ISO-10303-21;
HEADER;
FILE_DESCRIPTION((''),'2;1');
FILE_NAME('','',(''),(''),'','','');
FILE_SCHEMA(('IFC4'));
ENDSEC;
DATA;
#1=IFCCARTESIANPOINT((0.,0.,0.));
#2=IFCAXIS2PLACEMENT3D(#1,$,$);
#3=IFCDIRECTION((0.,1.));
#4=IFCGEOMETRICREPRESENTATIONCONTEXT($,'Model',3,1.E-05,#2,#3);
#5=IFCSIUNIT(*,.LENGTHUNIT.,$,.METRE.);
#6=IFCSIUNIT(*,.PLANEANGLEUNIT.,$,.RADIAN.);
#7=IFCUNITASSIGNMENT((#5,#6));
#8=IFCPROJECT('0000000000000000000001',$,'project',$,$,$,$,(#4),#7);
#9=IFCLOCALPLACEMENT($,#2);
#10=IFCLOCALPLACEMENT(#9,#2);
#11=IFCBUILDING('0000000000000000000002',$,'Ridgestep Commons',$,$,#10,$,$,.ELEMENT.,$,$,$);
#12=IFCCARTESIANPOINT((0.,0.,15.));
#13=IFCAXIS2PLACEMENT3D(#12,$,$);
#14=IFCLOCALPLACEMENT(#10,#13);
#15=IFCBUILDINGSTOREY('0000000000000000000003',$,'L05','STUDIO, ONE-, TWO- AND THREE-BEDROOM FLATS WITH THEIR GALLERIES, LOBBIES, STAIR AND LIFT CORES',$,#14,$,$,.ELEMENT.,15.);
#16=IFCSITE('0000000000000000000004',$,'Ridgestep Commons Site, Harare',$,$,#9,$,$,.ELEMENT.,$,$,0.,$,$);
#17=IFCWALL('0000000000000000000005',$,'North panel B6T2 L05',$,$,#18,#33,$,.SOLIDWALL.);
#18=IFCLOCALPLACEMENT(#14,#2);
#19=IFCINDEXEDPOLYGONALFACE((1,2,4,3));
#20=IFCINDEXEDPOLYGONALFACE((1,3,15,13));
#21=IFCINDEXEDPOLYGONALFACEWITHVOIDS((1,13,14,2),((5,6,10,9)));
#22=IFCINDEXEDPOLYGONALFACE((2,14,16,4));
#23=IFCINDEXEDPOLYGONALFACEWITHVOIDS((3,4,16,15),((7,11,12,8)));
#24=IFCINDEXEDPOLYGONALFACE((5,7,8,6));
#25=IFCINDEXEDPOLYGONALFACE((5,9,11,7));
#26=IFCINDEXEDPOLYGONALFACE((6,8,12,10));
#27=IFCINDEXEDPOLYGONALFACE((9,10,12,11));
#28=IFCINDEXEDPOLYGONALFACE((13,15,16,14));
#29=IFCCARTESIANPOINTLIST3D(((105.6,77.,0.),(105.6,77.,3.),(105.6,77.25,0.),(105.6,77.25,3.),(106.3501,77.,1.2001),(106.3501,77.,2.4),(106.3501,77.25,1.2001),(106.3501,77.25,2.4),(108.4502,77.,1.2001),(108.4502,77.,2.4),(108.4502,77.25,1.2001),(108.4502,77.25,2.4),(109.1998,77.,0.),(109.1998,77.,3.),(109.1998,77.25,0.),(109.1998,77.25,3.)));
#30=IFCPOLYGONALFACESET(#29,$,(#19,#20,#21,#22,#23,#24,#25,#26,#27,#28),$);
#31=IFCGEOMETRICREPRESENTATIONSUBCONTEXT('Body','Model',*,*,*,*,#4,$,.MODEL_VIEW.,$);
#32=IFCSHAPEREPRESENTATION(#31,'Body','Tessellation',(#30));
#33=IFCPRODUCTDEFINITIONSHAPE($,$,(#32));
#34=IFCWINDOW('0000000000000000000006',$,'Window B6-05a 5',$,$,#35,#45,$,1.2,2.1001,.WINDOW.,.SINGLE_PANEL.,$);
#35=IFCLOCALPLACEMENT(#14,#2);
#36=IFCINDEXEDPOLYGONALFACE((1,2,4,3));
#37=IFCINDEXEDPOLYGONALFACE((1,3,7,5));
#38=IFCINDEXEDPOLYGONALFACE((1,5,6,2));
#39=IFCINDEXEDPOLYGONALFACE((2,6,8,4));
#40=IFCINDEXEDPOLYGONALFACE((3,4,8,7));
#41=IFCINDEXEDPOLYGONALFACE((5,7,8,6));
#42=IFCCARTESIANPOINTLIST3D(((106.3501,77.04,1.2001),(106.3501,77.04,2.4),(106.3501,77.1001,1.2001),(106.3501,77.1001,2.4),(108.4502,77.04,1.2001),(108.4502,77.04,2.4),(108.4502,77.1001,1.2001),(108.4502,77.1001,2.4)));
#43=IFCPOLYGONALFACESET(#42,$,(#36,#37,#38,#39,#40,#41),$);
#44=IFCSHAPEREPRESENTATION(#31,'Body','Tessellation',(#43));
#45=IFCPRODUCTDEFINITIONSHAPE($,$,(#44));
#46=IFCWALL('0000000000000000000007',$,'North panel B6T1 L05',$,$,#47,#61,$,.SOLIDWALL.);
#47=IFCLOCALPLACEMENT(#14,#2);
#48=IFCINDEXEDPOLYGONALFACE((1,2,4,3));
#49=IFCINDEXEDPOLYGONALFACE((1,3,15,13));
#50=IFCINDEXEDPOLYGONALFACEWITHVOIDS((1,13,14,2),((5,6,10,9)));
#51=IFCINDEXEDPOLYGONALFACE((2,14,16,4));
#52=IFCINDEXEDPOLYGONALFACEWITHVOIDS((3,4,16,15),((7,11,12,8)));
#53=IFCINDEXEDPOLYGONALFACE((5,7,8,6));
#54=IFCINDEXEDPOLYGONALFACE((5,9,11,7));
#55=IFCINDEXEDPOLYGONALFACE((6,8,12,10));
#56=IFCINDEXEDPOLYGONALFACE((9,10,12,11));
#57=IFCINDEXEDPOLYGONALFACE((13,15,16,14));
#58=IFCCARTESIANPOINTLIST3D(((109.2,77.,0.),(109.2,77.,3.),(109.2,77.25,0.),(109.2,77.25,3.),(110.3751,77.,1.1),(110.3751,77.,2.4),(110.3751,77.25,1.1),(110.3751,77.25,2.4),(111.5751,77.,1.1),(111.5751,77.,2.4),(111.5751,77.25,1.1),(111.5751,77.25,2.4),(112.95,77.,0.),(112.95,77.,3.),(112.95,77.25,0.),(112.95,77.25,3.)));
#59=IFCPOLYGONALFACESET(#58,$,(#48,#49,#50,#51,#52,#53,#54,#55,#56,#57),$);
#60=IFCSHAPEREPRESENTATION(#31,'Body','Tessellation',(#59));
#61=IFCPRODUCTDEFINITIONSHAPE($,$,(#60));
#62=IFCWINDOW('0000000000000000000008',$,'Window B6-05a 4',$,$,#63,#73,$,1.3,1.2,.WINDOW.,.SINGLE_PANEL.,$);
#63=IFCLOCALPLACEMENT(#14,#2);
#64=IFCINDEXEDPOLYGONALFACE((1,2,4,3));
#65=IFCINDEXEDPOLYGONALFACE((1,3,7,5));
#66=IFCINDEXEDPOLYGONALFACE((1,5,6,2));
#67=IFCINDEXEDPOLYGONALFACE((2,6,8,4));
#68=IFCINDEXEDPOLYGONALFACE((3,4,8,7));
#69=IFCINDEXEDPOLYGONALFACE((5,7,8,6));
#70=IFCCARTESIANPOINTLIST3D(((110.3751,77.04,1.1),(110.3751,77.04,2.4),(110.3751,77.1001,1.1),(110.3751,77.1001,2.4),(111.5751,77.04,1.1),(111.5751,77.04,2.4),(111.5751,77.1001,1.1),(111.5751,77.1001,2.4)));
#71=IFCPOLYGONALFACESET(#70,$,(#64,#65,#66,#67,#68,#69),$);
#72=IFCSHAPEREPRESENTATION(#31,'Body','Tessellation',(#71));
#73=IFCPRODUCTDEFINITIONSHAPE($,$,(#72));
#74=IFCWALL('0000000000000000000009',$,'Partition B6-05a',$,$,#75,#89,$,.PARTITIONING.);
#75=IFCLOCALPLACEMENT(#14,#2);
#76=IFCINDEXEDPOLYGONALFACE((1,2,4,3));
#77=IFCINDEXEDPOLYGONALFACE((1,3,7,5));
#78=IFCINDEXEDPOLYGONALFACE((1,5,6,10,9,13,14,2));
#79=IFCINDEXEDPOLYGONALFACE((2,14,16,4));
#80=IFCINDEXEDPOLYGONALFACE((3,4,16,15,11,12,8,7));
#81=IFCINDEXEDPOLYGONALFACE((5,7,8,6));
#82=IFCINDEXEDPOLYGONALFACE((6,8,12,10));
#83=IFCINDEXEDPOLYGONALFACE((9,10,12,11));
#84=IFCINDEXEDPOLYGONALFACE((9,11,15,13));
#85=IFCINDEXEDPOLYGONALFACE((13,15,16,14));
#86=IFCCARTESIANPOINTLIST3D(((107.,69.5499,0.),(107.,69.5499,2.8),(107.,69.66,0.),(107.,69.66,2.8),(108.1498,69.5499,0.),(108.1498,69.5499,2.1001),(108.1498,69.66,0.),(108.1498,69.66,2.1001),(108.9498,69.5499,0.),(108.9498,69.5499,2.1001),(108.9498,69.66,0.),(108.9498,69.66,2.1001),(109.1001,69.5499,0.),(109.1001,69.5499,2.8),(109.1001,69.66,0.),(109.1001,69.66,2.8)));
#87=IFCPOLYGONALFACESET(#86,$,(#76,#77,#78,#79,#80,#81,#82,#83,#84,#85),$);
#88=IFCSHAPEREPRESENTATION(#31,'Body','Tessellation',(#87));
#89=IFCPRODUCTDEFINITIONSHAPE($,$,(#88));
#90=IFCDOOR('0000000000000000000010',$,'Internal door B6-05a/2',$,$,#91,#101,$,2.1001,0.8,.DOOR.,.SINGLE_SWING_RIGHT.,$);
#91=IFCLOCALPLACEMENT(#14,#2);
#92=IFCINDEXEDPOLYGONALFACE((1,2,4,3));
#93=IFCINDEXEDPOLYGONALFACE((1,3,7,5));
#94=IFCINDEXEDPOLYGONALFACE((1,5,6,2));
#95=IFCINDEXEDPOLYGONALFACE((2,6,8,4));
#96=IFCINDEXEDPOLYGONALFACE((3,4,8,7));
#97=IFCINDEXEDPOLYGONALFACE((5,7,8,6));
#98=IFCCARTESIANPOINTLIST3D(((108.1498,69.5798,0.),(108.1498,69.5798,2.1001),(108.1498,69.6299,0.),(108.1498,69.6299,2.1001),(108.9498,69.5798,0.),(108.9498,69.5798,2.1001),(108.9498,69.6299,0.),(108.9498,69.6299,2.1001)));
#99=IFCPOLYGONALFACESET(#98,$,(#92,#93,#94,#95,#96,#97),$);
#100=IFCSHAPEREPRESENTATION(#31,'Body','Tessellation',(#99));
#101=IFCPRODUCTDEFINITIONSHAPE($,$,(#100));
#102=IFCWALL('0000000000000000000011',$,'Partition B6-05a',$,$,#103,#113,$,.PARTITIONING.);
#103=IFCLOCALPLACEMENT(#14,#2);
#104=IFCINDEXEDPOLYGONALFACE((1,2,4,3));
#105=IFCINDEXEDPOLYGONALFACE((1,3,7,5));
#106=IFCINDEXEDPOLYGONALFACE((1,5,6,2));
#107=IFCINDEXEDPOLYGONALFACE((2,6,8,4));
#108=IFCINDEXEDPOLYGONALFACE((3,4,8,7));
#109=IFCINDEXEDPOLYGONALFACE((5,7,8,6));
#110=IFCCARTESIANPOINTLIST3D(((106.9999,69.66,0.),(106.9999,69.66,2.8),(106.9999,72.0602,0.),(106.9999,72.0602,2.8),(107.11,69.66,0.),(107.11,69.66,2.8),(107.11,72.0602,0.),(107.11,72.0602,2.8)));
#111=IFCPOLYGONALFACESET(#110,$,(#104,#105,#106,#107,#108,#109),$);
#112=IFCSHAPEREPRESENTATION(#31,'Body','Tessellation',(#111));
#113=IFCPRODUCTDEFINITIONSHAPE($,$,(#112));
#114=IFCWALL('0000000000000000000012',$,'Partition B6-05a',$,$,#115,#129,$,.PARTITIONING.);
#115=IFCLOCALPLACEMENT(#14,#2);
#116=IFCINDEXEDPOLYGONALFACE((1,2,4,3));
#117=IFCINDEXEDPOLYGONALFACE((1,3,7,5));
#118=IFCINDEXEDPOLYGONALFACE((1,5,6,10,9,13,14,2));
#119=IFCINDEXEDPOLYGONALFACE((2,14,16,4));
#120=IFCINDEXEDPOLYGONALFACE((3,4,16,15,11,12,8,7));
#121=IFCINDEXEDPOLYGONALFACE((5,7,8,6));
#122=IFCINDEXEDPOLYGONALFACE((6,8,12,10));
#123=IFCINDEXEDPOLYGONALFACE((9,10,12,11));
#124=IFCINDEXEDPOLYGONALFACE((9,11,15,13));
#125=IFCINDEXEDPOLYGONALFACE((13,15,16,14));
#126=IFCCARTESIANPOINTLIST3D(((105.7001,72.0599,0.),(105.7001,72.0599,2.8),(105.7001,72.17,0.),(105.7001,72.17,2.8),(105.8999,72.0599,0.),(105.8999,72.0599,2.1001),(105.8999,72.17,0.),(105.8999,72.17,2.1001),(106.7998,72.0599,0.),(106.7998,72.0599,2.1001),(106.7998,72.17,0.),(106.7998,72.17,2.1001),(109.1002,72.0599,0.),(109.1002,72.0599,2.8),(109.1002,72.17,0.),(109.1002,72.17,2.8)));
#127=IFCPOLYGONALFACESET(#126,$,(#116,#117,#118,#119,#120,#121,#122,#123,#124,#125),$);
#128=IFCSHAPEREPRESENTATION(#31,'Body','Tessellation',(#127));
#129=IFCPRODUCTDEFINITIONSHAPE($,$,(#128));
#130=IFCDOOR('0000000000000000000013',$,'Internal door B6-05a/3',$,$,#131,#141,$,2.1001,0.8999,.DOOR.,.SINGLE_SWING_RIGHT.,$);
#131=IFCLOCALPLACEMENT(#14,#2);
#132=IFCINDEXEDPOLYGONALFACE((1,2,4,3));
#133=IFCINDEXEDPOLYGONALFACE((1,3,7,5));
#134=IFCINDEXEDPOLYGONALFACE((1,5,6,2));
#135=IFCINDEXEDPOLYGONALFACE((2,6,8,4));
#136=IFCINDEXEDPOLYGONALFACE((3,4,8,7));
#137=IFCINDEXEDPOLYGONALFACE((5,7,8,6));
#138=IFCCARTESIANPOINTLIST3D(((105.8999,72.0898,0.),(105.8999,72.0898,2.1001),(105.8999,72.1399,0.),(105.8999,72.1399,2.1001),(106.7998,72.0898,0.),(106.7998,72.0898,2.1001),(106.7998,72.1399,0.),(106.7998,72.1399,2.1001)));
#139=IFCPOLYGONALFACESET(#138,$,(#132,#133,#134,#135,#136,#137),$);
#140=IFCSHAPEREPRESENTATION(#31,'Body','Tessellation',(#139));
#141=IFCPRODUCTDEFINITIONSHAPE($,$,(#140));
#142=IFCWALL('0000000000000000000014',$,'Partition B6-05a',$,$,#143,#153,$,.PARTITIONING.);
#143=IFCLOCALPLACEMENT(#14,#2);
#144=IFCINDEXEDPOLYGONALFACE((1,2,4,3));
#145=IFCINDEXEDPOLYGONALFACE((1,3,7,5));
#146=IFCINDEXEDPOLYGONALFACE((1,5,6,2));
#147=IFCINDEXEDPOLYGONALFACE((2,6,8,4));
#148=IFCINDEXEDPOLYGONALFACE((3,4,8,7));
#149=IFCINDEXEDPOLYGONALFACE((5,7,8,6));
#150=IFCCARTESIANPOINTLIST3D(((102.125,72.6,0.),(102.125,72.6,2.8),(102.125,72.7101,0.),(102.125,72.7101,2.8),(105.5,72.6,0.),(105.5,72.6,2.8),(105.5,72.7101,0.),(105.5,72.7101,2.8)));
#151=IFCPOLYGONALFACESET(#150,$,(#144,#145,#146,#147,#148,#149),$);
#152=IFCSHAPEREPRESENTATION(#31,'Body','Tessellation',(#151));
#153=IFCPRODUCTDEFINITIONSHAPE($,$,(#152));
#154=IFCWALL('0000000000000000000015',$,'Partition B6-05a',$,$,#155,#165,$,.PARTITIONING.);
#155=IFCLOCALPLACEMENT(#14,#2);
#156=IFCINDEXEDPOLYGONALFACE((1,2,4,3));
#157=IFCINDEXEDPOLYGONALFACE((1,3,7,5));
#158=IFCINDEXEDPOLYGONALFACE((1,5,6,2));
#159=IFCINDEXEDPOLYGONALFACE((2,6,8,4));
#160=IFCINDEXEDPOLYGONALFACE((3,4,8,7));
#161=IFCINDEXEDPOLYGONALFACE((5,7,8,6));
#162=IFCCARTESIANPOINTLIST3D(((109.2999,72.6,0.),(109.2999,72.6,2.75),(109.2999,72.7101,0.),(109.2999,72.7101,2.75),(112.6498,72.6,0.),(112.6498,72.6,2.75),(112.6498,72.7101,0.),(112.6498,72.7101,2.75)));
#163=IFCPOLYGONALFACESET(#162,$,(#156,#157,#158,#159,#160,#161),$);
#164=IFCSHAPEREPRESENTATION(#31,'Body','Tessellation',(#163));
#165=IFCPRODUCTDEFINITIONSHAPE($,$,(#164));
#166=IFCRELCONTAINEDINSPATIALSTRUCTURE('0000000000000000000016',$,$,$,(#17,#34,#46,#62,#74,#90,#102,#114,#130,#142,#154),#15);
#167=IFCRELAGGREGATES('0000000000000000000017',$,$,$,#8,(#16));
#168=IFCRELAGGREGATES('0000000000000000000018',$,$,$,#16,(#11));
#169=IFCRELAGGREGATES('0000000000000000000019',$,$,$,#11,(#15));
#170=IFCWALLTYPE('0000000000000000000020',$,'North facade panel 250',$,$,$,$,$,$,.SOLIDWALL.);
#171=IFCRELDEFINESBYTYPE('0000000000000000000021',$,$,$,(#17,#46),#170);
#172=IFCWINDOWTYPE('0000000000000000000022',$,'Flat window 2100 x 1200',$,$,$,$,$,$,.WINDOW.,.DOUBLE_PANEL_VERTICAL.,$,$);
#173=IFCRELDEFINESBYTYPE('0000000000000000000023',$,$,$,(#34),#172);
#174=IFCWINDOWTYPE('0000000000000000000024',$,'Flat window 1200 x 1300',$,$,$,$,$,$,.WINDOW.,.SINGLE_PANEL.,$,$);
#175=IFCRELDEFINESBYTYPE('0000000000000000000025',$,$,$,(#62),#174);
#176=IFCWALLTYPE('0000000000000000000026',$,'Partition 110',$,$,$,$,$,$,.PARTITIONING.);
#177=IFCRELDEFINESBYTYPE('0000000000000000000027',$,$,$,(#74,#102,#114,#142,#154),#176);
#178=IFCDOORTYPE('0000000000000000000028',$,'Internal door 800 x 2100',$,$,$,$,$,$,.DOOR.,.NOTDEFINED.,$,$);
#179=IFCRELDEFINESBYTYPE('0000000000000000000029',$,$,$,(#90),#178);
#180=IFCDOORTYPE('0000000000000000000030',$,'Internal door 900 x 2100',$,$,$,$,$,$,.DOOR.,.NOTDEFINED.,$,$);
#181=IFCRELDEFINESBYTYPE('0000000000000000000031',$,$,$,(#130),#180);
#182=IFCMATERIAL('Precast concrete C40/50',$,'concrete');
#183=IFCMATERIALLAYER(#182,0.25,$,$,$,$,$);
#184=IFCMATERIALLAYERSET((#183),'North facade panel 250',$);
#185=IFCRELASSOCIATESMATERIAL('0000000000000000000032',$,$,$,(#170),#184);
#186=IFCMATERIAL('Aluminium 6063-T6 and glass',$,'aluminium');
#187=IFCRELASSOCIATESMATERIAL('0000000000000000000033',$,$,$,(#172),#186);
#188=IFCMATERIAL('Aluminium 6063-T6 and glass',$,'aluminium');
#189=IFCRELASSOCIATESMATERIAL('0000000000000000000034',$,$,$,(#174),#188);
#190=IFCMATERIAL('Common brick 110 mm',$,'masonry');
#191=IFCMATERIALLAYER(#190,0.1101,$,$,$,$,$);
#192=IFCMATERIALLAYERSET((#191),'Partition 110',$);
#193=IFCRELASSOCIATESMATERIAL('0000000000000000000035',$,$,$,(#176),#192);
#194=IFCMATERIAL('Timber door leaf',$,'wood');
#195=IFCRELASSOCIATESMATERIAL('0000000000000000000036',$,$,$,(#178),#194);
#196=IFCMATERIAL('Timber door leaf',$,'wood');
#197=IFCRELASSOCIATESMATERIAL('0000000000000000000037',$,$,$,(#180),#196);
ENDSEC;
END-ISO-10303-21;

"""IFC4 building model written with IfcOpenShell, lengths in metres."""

from ifc_helpers import new_model, si_unit, direction, frame, frame_2d, origin, place, context, subcontext, project, spatial, rectangle, extrude, material, layer, layer_set, type_object, element, fill, save


model = new_model("IFC4")

# Units and contexts
model_context = context("Model", 3, precision=1e-05, world=origin(), true_north=direction((0.0, 1.0)))
body_context = subcontext(model_context, "Body", "Model", "MODEL_VIEW")
ifc_project = project(units=[si_unit("LENGTHUNIT", "METRE"), si_unit("PLANEANGLEUNIT", "RADIAN")], contexts=[model_context])

# Site, building, storey
site_placement = place(None, origin())
site = spatial("IfcSite", under=ifc_project, at=site_placement, Name="Ridgestep Commons Site, Harare", CompositionType="ELEMENT", RefElevation=0.0)
building_placement = place(site_placement, origin())
building = spatial("IfcBuilding", under=site, at=building_placement, Name="Ridgestep Commons", CompositionType="ELEMENT")
storey_placement = place(building_placement, frame((0.0, 0.0, 15.0)))
storey = spatial("IfcBuildingStorey", under=building, at=storey_placement, Name="L05", Description="STUDIO, ONE-, TWO- AND THREE-BEDROOM FLATS WITH THEIR GALLERIES, LOBBIES, STAIR AND LIFT CORES", CompositionType="ELEMENT", Elevation=15.0)

# Shared definitions
ifc_material_1 = material(Name="Precast concrete C40/50", Category="concrete")
ifc_layer_1 = layer(ifc_material_1, 0.25)
ifc_layer_set_1 = layer_set([ifc_layer_1], Name="North facade panel 250")
wall_type_1 = type_object("IfcWallType", Name="North facade panel 250", PredefinedType="SOLIDWALL", material=ifc_layer_set_1)

# Walls, openings, windows
wall_1_placement = place(storey_placement, frame((105.6001, 77.125, 0.0), z_axis=(0.0, 0.0, 1.0), x_axis=(1.0, 0.0, 0.0)))
wall_1 = element("IfcWall", 1, at=wall_1_placement, inside=storey, type_object=wall_type_1, Name="North panel B6T2 L05", PredefinedType="SOLIDWALL", context=body_context, shape_type="SweptSolid", body=[
    extrude(rectangle(XDim=3.5999, YDim=0.25, at=frame_2d((1.7998, 0.0))), origin(), (0.0, 0.0, 1.0), 3.0),
])
opening_1_placement = place(wall_1_placement, frame((0.75, 0.0, 1.2)))
opening_1 = element("IfcOpeningElement", 2, at=opening_1_placement, cuts=wall_1, PredefinedType="OPENING", context=body_context, shape_type="SweptSolid", body=[
    extrude(rectangle(XDim=2.1001, YDim=1.2, at=frame_2d((1.05, 0.6001))), frame((0.0, 0.135, 0.0), z_axis=(0.0, -1.0, 0.0), x_axis=(1.0, 0.0, 0.0)), (0.0, 0.0, 1.0), 0.27),
])
ifc_material_2 = material(Name="Aluminium 6063-T6 and glass", Category="aluminium")
window_type_1 = type_object("IfcWindowType", Name="Flat window 2100 x 1200", PartitioningType="DOUBLE_PANEL_VERTICAL", PredefinedType="WINDOW", material=ifc_material_2)
window_1_placement = place(opening_1_placement, origin())
window_1 = element("IfcWindow", 3, at=window_1_placement, inside=storey, type_object=window_type_1, Name="Window B6-05a 5", OverallHeight=1.2, OverallWidth=2.1001, PartitioningType="SINGLE_PANEL", PredefinedType="WINDOW", context=body_context, shape_type="SweptSolid", body=[
    extrude(rectangle(XDim=2.1001, YDim=1.2, at=frame_2d((1.05, 0.6001))), frame((0.0, -0.0249, 0.0), z_axis=(0.0, -1.0, 0.0), x_axis=(1.0, 0.0, 0.0)), (0.0, 0.0, 1.0), 0.0601),
])
fill(opening_1, window_1)
wall_2_placement = place(storey_placement, frame((109.2, 77.125, 0.0), z_axis=(0.0, 0.0, 1.0), x_axis=(1.0, 0.0, 0.0)))
wall_2 = element("IfcWall", 4, at=wall_2_placement, inside=storey, type_object=wall_type_1, Name="North panel B6T1 L05", PredefinedType="SOLIDWALL", context=body_context, shape_type="SweptSolid", body=[
    extrude(rectangle(XDim=3.75, YDim=0.25, at=frame_2d((1.875, 0.0))), origin(), (0.0, 0.0, 1.0), 3.0),
])
opening_2_placement = place(wall_2_placement, frame((1.175, 0.0, 1.1001)))
opening_2 = element("IfcOpeningElement", 5, at=opening_2_placement, cuts=wall_2, PredefinedType="OPENING", context=body_context, shape_type="SweptSolid", body=[
    extrude(rectangle(XDim=1.2, YDim=1.3, at=frame_2d((0.6001, 0.6499))), frame((0.0, 0.135, 0.0), z_axis=(0.0, -1.0, 0.0), x_axis=(1.0, 0.0, 0.0)), (0.0, 0.0, 1.0), 0.27),
])
ifc_material_3 = material(Name="Aluminium 6063-T6 and glass", Category="aluminium")
window_type_2 = type_object("IfcWindowType", Name="Flat window 1200 x 1300", PartitioningType="SINGLE_PANEL", PredefinedType="WINDOW", material=ifc_material_3)
window_2_placement = place(opening_2_placement, origin())
window_2 = element("IfcWindow", 6, at=window_2_placement, inside=storey, type_object=window_type_2, Name="Window B6-05a 4", OverallHeight=1.3, OverallWidth=1.2, PartitioningType="SINGLE_PANEL", PredefinedType="WINDOW", context=body_context, shape_type="SweptSolid", body=[
    extrude(rectangle(XDim=1.2, YDim=1.3, at=frame_2d((0.6001, 0.6499))), frame((0.0, -0.0249, 0.0), z_axis=(0.0, -1.0, 0.0), x_axis=(1.0, 0.0, 0.0)), (0.0, 0.0, 1.0), 0.0601),
])
fill(opening_2, window_2)

# Wall, opening, door
ifc_material_4 = material(Name="Common brick 110 mm", Category="masonry")
ifc_layer_2 = layer(ifc_material_4, 0.1101)
ifc_layer_set_2 = layer_set([ifc_layer_2], Name="Partition 110")
wall_type_2 = type_object("IfcWallType", Name="Partition 110", PredefinedType="PARTITIONING", material=ifc_layer_set_2)
wall_3_placement = place(storey_placement, frame((107.0, 69.605, 0.0), z_axis=(0.0, 0.0, 1.0), x_axis=(1.0, 0.0, 0.0)))
wall_3 = element("IfcWall", 7, at=wall_3_placement, inside=storey, type_object=wall_type_2, Name="Partition B6-05a", PredefinedType="PARTITIONING", context=body_context, shape_type="SweptSolid", body=[
    extrude(rectangle(XDim=2.1001, YDim=0.1101, at=frame_2d((1.05, 0.0))), origin(), (0.0, 0.0, 1.0), 2.8),
])
opening_3_placement = place(wall_3_placement, frame((1.1499, 0.0, 0.0)))
opening_3 = element("IfcOpeningElement", 8, at=opening_3_placement, cuts=wall_3, PredefinedType="OPENING", context=body_context, shape_type="SweptSolid", body=[
    extrude(rectangle(XDim=0.8, YDim=2.1001, at=frame_2d((0.3999, 1.05))), frame((0.0, 0.0649, 0.0), z_axis=(0.0, -1.0, 0.0), x_axis=(1.0, 0.0, 0.0)), (0.0, 0.0, 1.0), 0.1301),
])
ifc_material_5 = material(Name="Timber door leaf", Category="wood")
door_type_1 = type_object("IfcDoorType", Name="Internal door 800 x 2100", OperationType="NOTDEFINED", PredefinedType="DOOR", material=ifc_material_5)
door_1_placement = place(opening_3_placement, origin())
door_1 = element("IfcDoor", 9, at=door_1_placement, inside=storey, type_object=door_type_1, Name="Internal door B6-05a/2", OperationType="SINGLE_SWING_RIGHT", OverallHeight=2.1001, OverallWidth=0.8, PredefinedType="DOOR", context=body_context, shape_type="SweptSolid", body=[
    extrude(rectangle(XDim=0.8, YDim=2.1001, at=frame_2d((0.3999, 1.05))), frame((0.0, 0.0249, 0.0), z_axis=(0.0, -1.0, 0.0), x_axis=(1.0, 0.0, 0.0)), (0.0, 0.0, 1.0), 0.05),
])
fill(opening_3, door_1)

# Wall
wall_4_placement = place(storey_placement, frame((107.0549, 69.6599, 0.0), z_axis=(0.0, 0.0, 1.0), x_axis=(0.0, 1.0, 0.0)))
element("IfcWall", 10, at=wall_4_placement, inside=storey, type_object=wall_type_2, Name="Partition B6-05a", PredefinedType="PARTITIONING", context=body_context, shape_type="SweptSolid", body=[
    extrude(rectangle(XDim=2.4001, YDim=0.1101, at=frame_2d((1.2002, 0.0))), origin(), (0.0, 0.0, 1.0), 2.8),
])

# Wall, opening, door
wall_5_placement = place(storey_placement, frame((105.7, 72.115, 0.0), z_axis=(0.0, 0.0, 1.0), x_axis=(1.0, 0.0, 0.0)))
wall_5 = element("IfcWall", 11, at=wall_5_placement, inside=storey, type_object=wall_type_2, Name="Partition B6-05a", PredefinedType="PARTITIONING", context=body_context, shape_type="SweptSolid", body=[
    extrude(rectangle(XDim=3.4001, YDim=0.1101, at=frame_2d((1.7002, 0.0))), origin(), (0.0, 0.0, 1.0), 2.8),
])
opening_4_placement = place(wall_5_placement, frame((0.2, 0.0, 0.0)))
opening_4 = element("IfcOpeningElement", 12, at=opening_4_placement, cuts=wall_5, PredefinedType="OPENING", context=body_context, shape_type="SweptSolid", body=[
    extrude(rectangle(XDim=0.8999, YDim=2.1001, at=frame_2d((0.45, 1.05))), frame((0.0, 0.0649, 0.0), z_axis=(0.0, -1.0, 0.0), x_axis=(1.0, 0.0, 0.0)), (0.0, 0.0, 1.0), 0.1301),
])
ifc_material_6 = material(Name="Timber door leaf", Category="wood")
door_type_2 = type_object("IfcDoorType", Name="Internal door 900 x 2100", OperationType="NOTDEFINED", PredefinedType="DOOR", material=ifc_material_6)
door_2_placement = place(opening_4_placement, origin())
door_2 = element("IfcDoor", 13, at=door_2_placement, inside=storey, type_object=door_type_2, Name="Internal door B6-05a/3", OperationType="SINGLE_SWING_RIGHT", OverallHeight=2.1001, OverallWidth=0.8999, PredefinedType="DOOR", context=body_context, shape_type="SweptSolid", body=[
    extrude(rectangle(XDim=0.8999, YDim=2.1001, at=frame_2d((0.45, 1.05))), frame((0.0, 0.0249, 0.0), z_axis=(0.0, -1.0, 0.0), x_axis=(1.0, 0.0, 0.0)), (0.0, 0.0, 1.0), 0.05),
])
fill(opening_4, door_2)

# Walls
wall_6_placement = place(storey_placement, frame((102.125, 72.655, 0.0), z_axis=(0.0, 0.0, 1.0), x_axis=(1.0, 0.0, 0.0)))
element("IfcWall", 14, at=wall_6_placement, inside=storey, type_object=wall_type_2, Name="Partition B6-05a", PredefinedType="PARTITIONING", context=body_context, shape_type="SweptSolid", body=[
    extrude(rectangle(XDim=3.375, YDim=0.1101, at=frame_2d((1.6875, 0.0))), origin(), (0.0, 0.0, 1.0), 2.8),
])
wall_7_placement = place(storey_placement, frame((109.3, 72.655, 0.0), z_axis=(0.0, 0.0, 1.0), x_axis=(1.0, 0.0, 0.0)))
element("IfcWall", 15, at=wall_7_placement, inside=storey, type_object=wall_type_2, Name="Partition B6-05a", PredefinedType="PARTITIONING", context=body_context, shape_type="SweptSolid", body=[
    extrude(rectangle(XDim=3.3499, YDim=0.1101, at=frame_2d((1.6748, 0.0))), origin(), (0.0, 0.0, 1.0), 2.75),
])

save(model, "model.ifc")
